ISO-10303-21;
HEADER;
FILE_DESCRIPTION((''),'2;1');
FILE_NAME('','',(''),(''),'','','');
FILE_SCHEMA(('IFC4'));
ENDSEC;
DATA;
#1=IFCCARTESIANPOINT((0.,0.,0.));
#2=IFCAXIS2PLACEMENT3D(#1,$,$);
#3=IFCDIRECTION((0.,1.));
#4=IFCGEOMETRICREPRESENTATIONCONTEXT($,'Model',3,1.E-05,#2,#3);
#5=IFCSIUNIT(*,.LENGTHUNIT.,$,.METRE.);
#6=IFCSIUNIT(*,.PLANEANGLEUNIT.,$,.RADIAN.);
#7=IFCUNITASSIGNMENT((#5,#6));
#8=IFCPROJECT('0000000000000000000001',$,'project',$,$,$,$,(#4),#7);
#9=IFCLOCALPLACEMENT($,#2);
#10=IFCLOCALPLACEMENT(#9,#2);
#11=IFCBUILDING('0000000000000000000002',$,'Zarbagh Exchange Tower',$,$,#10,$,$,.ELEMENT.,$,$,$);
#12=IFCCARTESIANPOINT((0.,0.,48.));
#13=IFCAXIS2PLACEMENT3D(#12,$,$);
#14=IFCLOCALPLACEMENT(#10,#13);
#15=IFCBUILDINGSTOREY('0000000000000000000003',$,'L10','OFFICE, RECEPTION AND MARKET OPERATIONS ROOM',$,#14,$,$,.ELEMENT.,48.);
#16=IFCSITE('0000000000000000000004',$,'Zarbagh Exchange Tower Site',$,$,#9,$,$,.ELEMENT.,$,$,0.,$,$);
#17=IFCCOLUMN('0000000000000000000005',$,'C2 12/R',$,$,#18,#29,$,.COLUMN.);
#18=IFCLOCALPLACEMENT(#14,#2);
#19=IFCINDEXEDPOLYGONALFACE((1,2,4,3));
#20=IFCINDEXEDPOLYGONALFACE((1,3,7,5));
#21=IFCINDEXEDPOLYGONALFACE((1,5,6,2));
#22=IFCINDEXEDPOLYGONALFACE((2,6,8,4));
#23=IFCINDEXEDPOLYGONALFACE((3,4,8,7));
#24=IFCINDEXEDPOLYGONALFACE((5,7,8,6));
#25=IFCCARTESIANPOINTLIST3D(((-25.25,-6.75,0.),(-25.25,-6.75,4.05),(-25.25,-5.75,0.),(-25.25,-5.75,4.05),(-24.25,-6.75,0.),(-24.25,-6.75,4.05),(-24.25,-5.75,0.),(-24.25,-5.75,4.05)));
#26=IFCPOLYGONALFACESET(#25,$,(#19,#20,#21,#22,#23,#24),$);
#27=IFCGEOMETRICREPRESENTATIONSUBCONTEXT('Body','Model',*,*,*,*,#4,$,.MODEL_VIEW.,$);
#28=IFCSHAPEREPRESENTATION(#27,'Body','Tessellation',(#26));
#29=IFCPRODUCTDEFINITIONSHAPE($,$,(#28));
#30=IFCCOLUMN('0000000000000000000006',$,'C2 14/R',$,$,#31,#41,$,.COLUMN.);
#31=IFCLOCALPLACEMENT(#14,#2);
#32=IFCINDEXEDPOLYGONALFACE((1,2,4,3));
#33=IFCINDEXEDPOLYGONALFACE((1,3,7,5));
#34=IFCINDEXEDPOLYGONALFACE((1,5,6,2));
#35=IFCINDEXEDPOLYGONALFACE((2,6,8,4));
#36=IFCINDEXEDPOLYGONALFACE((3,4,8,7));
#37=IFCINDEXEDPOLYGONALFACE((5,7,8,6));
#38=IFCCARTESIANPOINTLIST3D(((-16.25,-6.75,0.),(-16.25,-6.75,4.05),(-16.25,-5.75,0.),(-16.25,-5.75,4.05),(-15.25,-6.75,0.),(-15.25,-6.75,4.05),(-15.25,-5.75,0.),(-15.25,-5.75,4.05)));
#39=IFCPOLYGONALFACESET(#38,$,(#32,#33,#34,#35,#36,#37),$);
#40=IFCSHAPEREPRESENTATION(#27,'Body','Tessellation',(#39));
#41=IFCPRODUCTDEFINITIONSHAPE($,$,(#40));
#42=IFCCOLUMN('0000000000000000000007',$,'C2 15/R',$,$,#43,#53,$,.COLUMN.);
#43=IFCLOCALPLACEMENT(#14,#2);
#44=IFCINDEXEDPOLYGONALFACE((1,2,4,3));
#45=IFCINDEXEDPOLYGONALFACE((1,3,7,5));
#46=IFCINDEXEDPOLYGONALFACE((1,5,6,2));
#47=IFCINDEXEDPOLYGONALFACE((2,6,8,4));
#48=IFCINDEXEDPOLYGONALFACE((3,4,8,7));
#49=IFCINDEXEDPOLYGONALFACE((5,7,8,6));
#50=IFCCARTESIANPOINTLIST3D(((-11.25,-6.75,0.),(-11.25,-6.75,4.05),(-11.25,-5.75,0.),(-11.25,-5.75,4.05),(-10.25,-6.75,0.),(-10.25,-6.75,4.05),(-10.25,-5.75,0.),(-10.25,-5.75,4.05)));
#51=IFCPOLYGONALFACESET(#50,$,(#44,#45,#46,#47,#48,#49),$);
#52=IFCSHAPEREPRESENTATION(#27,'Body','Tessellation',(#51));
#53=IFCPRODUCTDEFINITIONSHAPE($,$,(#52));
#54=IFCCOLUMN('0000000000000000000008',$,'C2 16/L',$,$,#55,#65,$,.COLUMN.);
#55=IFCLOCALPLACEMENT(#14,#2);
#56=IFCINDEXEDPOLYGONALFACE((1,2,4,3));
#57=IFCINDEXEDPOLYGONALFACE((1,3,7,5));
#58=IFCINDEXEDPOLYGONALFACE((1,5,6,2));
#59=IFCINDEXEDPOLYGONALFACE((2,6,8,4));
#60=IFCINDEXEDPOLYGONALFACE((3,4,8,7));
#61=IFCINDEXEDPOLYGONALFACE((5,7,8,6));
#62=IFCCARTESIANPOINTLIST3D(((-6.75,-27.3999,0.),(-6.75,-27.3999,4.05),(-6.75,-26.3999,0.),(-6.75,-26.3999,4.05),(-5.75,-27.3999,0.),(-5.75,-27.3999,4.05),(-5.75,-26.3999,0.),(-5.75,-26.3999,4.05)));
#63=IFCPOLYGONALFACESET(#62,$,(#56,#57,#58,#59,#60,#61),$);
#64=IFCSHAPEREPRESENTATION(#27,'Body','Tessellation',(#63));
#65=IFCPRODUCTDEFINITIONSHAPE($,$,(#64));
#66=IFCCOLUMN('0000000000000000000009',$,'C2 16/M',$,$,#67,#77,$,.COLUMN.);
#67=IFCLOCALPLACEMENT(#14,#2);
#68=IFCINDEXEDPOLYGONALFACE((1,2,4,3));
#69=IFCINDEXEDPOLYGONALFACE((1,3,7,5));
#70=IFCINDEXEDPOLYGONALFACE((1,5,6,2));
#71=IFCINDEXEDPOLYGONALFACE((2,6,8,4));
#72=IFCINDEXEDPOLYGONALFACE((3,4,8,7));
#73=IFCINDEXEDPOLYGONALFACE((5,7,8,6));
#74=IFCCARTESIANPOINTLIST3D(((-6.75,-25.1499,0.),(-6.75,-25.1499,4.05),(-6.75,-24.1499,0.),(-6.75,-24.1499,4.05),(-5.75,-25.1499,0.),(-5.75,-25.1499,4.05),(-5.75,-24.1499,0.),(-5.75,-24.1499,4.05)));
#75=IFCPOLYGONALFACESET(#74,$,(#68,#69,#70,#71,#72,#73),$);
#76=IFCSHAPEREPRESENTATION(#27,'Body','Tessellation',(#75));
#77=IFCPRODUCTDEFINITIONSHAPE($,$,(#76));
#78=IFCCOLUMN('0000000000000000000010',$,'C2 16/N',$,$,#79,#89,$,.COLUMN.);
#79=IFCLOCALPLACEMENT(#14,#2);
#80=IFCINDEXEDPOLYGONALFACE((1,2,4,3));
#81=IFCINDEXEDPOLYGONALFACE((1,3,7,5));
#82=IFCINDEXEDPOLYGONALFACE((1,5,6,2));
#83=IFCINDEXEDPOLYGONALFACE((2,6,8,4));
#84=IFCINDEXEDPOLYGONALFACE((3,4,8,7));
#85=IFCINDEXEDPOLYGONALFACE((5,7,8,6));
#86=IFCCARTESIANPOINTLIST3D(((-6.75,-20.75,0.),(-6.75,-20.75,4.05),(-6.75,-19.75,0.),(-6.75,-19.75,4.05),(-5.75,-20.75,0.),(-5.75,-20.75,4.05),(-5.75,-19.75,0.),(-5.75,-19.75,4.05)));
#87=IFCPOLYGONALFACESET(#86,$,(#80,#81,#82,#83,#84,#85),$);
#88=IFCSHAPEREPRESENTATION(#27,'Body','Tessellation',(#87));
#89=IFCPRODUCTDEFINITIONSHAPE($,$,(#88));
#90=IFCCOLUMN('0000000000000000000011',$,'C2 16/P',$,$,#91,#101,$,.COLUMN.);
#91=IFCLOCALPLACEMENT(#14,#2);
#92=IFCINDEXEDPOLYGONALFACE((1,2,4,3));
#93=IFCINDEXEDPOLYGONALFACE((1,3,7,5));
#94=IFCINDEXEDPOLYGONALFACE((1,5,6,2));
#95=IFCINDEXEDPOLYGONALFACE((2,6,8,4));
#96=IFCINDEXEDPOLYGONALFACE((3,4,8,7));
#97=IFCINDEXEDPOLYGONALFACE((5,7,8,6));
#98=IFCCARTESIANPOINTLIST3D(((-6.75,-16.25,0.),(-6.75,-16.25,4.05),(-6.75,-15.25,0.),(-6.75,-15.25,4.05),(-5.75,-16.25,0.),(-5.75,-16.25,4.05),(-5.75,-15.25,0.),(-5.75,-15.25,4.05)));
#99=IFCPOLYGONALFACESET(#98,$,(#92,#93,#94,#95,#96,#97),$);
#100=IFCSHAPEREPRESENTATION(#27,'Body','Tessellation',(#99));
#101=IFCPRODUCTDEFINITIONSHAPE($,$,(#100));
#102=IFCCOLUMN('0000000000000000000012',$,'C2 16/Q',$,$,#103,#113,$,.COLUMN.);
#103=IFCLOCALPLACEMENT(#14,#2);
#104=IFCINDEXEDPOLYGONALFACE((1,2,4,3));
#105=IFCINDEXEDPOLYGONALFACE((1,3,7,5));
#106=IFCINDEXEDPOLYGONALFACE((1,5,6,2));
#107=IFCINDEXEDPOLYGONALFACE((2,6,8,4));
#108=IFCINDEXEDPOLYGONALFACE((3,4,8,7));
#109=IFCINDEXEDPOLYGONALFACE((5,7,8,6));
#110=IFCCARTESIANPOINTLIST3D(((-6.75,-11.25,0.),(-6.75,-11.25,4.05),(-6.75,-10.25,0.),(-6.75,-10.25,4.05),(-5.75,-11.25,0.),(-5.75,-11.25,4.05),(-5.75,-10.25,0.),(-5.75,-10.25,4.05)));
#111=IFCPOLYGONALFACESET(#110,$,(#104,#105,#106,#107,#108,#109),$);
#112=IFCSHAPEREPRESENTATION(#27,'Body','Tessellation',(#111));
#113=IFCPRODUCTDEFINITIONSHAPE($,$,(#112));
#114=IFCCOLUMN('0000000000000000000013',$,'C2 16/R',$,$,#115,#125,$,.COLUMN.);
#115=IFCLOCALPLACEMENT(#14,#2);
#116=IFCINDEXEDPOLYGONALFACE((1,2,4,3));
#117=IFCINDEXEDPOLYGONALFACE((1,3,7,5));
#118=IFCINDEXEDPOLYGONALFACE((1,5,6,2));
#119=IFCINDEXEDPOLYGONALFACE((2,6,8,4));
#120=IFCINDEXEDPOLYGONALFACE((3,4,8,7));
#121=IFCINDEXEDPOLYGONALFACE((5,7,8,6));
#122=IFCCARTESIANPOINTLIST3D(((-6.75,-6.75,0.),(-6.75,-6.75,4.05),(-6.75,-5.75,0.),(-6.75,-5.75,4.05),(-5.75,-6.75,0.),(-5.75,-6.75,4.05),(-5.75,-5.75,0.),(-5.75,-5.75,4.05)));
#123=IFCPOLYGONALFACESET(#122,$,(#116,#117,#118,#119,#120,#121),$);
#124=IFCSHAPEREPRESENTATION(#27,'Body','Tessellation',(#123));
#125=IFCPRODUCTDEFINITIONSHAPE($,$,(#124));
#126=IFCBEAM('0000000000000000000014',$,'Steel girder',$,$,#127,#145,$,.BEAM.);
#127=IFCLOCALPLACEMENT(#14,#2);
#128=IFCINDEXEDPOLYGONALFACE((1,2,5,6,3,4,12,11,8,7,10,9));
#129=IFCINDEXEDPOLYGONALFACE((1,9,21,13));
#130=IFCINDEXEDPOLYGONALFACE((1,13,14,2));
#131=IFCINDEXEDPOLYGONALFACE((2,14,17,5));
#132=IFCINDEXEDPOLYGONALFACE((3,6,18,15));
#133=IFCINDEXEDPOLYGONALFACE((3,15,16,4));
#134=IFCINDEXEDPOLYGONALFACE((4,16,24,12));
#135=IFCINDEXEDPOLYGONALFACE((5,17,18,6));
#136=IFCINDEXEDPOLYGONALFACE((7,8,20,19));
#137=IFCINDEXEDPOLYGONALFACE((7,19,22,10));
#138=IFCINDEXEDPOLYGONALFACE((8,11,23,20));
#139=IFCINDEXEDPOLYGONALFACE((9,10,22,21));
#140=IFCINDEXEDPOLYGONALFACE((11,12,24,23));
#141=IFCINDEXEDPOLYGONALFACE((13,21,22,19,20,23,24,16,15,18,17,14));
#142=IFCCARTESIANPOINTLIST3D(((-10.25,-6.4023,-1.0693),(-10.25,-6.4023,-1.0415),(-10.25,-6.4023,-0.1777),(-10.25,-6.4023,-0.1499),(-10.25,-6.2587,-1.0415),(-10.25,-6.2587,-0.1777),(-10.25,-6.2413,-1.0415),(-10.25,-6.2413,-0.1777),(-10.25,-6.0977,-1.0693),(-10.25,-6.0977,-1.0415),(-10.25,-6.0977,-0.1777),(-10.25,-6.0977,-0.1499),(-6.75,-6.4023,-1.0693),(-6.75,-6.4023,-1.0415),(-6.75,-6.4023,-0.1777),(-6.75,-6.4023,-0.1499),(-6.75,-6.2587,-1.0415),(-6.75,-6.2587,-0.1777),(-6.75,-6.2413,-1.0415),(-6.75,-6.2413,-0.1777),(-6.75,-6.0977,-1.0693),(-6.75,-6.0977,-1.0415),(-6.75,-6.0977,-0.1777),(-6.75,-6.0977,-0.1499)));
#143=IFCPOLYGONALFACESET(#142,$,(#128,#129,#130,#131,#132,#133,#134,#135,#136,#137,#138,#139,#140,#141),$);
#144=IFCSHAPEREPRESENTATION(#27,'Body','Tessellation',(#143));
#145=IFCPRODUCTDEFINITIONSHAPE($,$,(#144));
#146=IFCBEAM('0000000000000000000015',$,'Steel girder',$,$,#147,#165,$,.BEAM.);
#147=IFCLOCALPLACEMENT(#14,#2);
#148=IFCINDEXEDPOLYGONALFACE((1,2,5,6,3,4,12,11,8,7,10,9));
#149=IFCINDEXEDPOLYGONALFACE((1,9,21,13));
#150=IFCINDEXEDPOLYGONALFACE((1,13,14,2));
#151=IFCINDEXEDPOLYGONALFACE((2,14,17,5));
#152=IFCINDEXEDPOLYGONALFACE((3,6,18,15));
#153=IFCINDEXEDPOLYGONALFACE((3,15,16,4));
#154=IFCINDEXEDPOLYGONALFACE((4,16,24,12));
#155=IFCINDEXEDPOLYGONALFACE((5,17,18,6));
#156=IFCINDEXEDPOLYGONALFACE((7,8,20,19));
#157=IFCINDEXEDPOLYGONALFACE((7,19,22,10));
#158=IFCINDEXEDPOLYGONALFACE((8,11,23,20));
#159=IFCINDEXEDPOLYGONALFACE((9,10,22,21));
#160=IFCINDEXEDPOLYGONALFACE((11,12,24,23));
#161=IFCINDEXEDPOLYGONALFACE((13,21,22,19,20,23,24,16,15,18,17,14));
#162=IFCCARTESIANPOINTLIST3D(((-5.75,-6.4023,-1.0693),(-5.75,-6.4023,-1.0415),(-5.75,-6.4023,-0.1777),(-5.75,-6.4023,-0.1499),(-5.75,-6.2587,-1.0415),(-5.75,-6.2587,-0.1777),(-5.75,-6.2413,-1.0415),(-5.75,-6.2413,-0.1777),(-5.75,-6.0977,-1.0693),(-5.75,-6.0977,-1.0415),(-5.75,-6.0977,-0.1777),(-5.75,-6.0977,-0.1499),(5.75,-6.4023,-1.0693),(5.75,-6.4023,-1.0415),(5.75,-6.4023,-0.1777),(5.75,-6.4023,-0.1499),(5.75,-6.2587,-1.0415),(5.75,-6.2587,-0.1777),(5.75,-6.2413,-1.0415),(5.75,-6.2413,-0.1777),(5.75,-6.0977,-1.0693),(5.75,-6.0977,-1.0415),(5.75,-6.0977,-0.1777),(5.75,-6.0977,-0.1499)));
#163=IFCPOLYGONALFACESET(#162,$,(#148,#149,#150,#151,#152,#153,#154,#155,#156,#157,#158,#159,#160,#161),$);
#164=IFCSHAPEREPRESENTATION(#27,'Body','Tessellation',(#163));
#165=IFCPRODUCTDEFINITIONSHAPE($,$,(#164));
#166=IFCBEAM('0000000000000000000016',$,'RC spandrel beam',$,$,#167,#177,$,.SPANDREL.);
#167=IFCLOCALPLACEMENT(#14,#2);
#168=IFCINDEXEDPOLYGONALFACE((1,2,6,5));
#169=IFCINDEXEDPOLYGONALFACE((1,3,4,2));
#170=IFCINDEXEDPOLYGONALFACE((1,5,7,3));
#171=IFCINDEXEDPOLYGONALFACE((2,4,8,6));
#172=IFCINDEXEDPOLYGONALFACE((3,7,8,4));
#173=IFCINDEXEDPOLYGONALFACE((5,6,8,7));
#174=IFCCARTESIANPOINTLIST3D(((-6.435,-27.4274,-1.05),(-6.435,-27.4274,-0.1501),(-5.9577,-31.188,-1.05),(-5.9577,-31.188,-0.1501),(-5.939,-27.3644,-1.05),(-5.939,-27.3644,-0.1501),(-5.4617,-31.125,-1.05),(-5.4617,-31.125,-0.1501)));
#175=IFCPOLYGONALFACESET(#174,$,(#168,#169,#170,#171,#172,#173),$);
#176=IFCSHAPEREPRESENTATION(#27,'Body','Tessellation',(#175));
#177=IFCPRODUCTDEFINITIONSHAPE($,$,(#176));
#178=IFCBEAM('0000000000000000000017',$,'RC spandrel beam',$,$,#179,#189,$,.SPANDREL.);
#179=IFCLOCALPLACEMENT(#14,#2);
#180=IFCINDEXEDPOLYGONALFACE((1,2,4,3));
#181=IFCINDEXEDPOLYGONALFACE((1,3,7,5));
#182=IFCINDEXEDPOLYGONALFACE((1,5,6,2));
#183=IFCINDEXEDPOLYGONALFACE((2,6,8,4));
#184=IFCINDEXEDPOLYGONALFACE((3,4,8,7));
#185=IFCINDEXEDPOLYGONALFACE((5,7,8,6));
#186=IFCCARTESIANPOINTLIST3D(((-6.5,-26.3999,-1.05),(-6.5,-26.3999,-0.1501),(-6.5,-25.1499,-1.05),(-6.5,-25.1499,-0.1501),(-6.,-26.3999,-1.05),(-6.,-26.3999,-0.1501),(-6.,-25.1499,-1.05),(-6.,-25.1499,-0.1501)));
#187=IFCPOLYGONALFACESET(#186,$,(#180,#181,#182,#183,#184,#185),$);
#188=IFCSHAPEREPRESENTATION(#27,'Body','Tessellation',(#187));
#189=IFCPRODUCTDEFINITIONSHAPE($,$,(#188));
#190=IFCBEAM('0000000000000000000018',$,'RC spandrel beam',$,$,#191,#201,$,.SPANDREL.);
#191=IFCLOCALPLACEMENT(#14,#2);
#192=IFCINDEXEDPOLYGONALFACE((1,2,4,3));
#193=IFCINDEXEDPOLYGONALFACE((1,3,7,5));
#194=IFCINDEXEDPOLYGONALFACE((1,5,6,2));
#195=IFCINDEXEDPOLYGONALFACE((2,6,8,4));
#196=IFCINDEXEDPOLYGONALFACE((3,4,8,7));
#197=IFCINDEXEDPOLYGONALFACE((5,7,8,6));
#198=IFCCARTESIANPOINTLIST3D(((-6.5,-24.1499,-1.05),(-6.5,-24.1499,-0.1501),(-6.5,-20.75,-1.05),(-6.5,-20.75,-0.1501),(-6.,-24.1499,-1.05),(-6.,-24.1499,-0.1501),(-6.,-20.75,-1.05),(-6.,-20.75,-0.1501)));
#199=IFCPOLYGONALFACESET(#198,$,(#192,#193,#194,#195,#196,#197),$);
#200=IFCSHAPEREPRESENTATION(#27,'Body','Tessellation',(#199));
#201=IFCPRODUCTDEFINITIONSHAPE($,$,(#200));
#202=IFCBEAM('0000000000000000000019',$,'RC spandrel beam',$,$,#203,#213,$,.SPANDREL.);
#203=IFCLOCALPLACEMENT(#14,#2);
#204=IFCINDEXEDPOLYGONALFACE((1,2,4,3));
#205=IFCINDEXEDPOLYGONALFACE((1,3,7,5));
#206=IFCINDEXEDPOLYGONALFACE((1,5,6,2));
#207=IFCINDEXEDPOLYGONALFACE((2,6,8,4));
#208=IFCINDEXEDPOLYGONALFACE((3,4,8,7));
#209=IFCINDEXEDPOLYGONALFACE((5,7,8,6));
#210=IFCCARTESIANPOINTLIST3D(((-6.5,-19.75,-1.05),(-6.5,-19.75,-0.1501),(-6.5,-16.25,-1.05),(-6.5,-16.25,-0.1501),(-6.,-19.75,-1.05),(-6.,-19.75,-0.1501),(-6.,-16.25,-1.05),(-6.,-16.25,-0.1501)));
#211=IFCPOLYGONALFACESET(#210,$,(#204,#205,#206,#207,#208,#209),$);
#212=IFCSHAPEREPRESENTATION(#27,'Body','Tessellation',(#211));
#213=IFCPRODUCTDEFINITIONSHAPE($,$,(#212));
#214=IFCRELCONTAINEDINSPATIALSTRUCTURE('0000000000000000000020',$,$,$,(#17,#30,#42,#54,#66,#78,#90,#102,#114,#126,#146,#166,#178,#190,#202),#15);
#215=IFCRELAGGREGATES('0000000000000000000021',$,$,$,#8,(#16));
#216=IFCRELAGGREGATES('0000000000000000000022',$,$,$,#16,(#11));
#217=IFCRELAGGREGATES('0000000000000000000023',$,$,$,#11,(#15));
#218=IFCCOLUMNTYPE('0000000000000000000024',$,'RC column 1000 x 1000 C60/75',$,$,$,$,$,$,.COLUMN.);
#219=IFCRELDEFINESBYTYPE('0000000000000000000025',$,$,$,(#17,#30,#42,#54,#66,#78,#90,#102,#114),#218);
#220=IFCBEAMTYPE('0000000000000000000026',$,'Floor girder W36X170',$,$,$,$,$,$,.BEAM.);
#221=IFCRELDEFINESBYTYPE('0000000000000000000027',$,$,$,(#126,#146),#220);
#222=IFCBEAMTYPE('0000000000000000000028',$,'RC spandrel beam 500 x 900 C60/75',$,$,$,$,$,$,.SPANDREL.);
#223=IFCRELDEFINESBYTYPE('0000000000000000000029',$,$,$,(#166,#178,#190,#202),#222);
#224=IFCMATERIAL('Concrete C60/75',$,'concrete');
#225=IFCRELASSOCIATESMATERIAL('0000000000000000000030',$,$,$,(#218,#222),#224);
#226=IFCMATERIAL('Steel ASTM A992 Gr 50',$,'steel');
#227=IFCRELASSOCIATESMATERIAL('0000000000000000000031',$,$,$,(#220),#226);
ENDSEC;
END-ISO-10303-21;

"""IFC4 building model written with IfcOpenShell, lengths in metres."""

from ifc_helpers import new_model, si_unit, direction, frame, origin, origin_2d, place, context, subcontext, project, spatial, rectangle, i_section, extrude, material, material_profile, profile_set, type_object, element, save


model = new_model("IFC4")

# Units and contexts
model_context = context("Model", 3, precision=1e-05, world=origin(), true_north=direction((0.0, 1.0)))
body_context = subcontext(model_context, "Body", "Model", "MODEL_VIEW")
ifc_project = project(units=[si_unit("LENGTHUNIT", "METRE"), si_unit("PLANEANGLEUNIT", "RADIAN")], contexts=[model_context])

# Site, building, storey
site_placement = place(None, origin())
site = spatial("IfcSite", under=ifc_project, at=site_placement, Name="Zarbagh Exchange Tower Site", CompositionType="ELEMENT", RefElevation=0.0)
building_placement = place(site_placement, origin())
building = spatial("IfcBuilding", under=site, at=building_placement, Name="Zarbagh Exchange Tower", CompositionType="ELEMENT")
storey_placement = place(building_placement, frame((0.0, 0.0, 48.0)))
storey = spatial("IfcBuildingStorey", under=building, at=storey_placement, Name="L10", Description="OFFICE, RECEPTION AND MARKET OPERATIONS ROOM", CompositionType="ELEMENT", Elevation=48.0)

# Columns
ifc_material_1 = material(Name="Concrete C60/75", Category="concrete")
ifc_material_profile_1 = material_profile(ifc_material_1, rectangle(XDim=1.0, YDim=1.0, at=origin_2d()), Name="RC column 1000 x 1000 C60/75")
ifc_profile_set_1 = profile_set([ifc_material_profile_1], Name="Concrete C60/75")
column_type = type_object("IfcColumnType", Name="RC column 1000 x 1000 C60/75", PredefinedType="COLUMN", material=ifc_profile_set_1)
for number, where, z_axis, x_axis, name in (
    (1, (-24.75, -6.25, 0.0), (0.0, 0.0, 1.0), (1.0, 0.0, 0.0), "C2 12/R"),
    (2, (-15.75, -6.25, 0.0), (0.0, 0.0, 1.0), (1.0, 0.0, 0.0), "C2 14/R"),
    (3, (-10.75, -6.25, 0.0), (0.0, 0.0, 1.0), (1.0, 0.0, 0.0), "C2 15/R"),
    (4, (-6.25, -26.8999, 0.0), (0.0, 0.0, 1.0), (1.0, 0.0, 0.0), "C2 16/L"),
    (5, (-6.25, -24.6499, 0.0), (0.0, 0.0, 1.0), (1.0, 0.0, 0.0), "C2 16/M"),
    (6, (-6.25, -20.25, 0.0), (0.0, 0.0, 1.0), (1.0, 0.0, 0.0), "C2 16/N"),
    (7, (-6.25, -15.75, 0.0), (0.0, 0.0, 1.0), (1.0, 0.0, 0.0), "C2 16/P"),
    (8, (-6.25, -10.75, 0.0), (0.0, 0.0, 1.0), (1.0, 0.0, 0.0), "C2 16/Q"),
    (9, (-6.25, -6.25, 0.0), (0.0, 0.0, 1.0), (1.0, 0.0, 0.0), "C2 16/R"),
):
    element("IfcColumn", number, at=place(storey_placement, frame(where, z_axis=z_axis, x_axis=x_axis)), inside=storey, type_object=column_type, Name=name, PredefinedType="COLUMN", context=body_context, shape_type="SweptSolid", body=[
        extrude(rectangle(XDim=1.0, YDim=1.0, at=origin_2d()), origin(), (0.0, 0.0, 1.0), 4.05),
    ])

# Beams
ifc_material_2 = material(Name="Steel ASTM A992 Gr 50", Category="steel")
ifc_material_profile_2 = material_profile(ifc_material_2, i_section(OverallWidth=0.3047, OverallDepth=0.9194, WebThickness=0.0173, FlangeThickness=0.0278, at=origin_2d()), Name="W36X170")
ifc_profile_set_2 = profile_set([ifc_material_profile_2], Name="Steel ASTM A992 Gr 50")
beam_type_1 = type_object("IfcBeamType", Name="Floor girder W36X170", PredefinedType="BEAM", material=ifc_profile_set_2)
beam_1_placement = place(storey_placement, frame((-10.25, -6.25, -0.6096), z_axis=(1.0, 0.0, 0.0), x_axis=(0.0, 1.0, 0.0)))
element("IfcBeam", 10, at=beam_1_placement, inside=storey, type_object=beam_type_1, Name="Steel girder", PredefinedType="BEAM", context=body_context, shape_type="SweptSolid", body=[
    extrude(i_section(OverallWidth=0.3047, OverallDepth=0.9194, WebThickness=0.0173, FlangeThickness=0.0278, at=origin_2d()), origin(), (0.0, 0.0, 1.0), 3.5),
])
beam_2_placement = place(storey_placement, frame((-5.75, -6.25, -0.6096), z_axis=(1.0, 0.0, 0.0), x_axis=(0.0, 1.0, 0.0)))
element("IfcBeam", 11, at=beam_2_placement, inside=storey, type_object=beam_type_1, Name="Steel girder", PredefinedType="BEAM", context=body_context, shape_type="SweptSolid", body=[
    extrude(i_section(OverallWidth=0.3047, OverallDepth=0.9194, WebThickness=0.0173, FlangeThickness=0.0278, at=origin_2d()), origin(), (0.0, 0.0, 1.0), 11.5),
])
ifc_material_profile_3 = material_profile(ifc_material_1, rectangle(XDim=0.5, YDim=0.8999, at=origin_2d()), Name="RC spandrel beam 500 x 900 C60/75")
ifc_profile_set_3 = profile_set([ifc_material_profile_3], Name="Concrete C60/75")
beam_type_2 = type_object("IfcBeamType", Name="RC spandrel beam 500 x 900 C60/75", PredefinedType="SPANDREL", material=ifc_profile_set_3)
beam_3_placement = place(storey_placement, frame((-5.7097, -31.1565, -0.6001), z_axis=(-0.125913, 0.992041, 0.0), x_axis=(-0.992041, -0.125913, 0.0)))
element("IfcBeam", 12, at=beam_3_placement, inside=storey, type_object=beam_type_2, Name="RC spandrel beam", PredefinedType="SPANDREL", context=body_context, shape_type="SweptSolid", body=[
    extrude(rectangle(XDim=0.5, YDim=0.8999, at=origin_2d()), origin(), (0.0, 0.0, 1.0), 3.7908),
])
beam_4_placement = place(storey_placement, frame((-6.25, -26.3999, -0.6001), z_axis=(0.0, 1.0, 0.0), x_axis=(-1.0, 0.0, 0.0)))
element("IfcBeam", 13, at=beam_4_placement, inside=storey, type_object=beam_type_2, Name="RC spandrel beam", PredefinedType="SPANDREL", context=body_context, shape_type="SweptSolid", body=[
    extrude(rectangle(XDim=0.5, YDim=0.8999, at=origin_2d()), origin(), (0.0, 0.0, 1.0), 1.25),
])
beam_5_placement = place(storey_placement, frame((-6.25, -24.1499, -0.6001), z_axis=(0.0, 1.0, 0.0), x_axis=(-1.0, 0.0, 0.0)))
element("IfcBeam", 14, at=beam_5_placement, inside=storey, type_object=beam_type_2, Name="RC spandrel beam", PredefinedType="SPANDREL", context=body_context, shape_type="SweptSolid", body=[
    extrude(rectangle(XDim=0.5, YDim=0.8999, at=origin_2d()), origin(), (0.0, 0.0, 1.0), 3.3999),
])
beam_6_placement = place(storey_placement, frame((-6.25, -19.75, -0.6001), z_axis=(0.0, 1.0, 0.0), x_axis=(-1.0, 0.0, 0.0)))
element("IfcBeam", 15, at=beam_6_placement, inside=storey, type_object=beam_type_2, Name="RC spandrel beam", PredefinedType="SPANDREL", context=body_context, shape_type="SweptSolid", body=[
    extrude(rectangle(XDim=0.5, YDim=0.8999, at=origin_2d()), origin(), (0.0, 0.0, 1.0), 3.5),
])

save(model, "model.ifc")
